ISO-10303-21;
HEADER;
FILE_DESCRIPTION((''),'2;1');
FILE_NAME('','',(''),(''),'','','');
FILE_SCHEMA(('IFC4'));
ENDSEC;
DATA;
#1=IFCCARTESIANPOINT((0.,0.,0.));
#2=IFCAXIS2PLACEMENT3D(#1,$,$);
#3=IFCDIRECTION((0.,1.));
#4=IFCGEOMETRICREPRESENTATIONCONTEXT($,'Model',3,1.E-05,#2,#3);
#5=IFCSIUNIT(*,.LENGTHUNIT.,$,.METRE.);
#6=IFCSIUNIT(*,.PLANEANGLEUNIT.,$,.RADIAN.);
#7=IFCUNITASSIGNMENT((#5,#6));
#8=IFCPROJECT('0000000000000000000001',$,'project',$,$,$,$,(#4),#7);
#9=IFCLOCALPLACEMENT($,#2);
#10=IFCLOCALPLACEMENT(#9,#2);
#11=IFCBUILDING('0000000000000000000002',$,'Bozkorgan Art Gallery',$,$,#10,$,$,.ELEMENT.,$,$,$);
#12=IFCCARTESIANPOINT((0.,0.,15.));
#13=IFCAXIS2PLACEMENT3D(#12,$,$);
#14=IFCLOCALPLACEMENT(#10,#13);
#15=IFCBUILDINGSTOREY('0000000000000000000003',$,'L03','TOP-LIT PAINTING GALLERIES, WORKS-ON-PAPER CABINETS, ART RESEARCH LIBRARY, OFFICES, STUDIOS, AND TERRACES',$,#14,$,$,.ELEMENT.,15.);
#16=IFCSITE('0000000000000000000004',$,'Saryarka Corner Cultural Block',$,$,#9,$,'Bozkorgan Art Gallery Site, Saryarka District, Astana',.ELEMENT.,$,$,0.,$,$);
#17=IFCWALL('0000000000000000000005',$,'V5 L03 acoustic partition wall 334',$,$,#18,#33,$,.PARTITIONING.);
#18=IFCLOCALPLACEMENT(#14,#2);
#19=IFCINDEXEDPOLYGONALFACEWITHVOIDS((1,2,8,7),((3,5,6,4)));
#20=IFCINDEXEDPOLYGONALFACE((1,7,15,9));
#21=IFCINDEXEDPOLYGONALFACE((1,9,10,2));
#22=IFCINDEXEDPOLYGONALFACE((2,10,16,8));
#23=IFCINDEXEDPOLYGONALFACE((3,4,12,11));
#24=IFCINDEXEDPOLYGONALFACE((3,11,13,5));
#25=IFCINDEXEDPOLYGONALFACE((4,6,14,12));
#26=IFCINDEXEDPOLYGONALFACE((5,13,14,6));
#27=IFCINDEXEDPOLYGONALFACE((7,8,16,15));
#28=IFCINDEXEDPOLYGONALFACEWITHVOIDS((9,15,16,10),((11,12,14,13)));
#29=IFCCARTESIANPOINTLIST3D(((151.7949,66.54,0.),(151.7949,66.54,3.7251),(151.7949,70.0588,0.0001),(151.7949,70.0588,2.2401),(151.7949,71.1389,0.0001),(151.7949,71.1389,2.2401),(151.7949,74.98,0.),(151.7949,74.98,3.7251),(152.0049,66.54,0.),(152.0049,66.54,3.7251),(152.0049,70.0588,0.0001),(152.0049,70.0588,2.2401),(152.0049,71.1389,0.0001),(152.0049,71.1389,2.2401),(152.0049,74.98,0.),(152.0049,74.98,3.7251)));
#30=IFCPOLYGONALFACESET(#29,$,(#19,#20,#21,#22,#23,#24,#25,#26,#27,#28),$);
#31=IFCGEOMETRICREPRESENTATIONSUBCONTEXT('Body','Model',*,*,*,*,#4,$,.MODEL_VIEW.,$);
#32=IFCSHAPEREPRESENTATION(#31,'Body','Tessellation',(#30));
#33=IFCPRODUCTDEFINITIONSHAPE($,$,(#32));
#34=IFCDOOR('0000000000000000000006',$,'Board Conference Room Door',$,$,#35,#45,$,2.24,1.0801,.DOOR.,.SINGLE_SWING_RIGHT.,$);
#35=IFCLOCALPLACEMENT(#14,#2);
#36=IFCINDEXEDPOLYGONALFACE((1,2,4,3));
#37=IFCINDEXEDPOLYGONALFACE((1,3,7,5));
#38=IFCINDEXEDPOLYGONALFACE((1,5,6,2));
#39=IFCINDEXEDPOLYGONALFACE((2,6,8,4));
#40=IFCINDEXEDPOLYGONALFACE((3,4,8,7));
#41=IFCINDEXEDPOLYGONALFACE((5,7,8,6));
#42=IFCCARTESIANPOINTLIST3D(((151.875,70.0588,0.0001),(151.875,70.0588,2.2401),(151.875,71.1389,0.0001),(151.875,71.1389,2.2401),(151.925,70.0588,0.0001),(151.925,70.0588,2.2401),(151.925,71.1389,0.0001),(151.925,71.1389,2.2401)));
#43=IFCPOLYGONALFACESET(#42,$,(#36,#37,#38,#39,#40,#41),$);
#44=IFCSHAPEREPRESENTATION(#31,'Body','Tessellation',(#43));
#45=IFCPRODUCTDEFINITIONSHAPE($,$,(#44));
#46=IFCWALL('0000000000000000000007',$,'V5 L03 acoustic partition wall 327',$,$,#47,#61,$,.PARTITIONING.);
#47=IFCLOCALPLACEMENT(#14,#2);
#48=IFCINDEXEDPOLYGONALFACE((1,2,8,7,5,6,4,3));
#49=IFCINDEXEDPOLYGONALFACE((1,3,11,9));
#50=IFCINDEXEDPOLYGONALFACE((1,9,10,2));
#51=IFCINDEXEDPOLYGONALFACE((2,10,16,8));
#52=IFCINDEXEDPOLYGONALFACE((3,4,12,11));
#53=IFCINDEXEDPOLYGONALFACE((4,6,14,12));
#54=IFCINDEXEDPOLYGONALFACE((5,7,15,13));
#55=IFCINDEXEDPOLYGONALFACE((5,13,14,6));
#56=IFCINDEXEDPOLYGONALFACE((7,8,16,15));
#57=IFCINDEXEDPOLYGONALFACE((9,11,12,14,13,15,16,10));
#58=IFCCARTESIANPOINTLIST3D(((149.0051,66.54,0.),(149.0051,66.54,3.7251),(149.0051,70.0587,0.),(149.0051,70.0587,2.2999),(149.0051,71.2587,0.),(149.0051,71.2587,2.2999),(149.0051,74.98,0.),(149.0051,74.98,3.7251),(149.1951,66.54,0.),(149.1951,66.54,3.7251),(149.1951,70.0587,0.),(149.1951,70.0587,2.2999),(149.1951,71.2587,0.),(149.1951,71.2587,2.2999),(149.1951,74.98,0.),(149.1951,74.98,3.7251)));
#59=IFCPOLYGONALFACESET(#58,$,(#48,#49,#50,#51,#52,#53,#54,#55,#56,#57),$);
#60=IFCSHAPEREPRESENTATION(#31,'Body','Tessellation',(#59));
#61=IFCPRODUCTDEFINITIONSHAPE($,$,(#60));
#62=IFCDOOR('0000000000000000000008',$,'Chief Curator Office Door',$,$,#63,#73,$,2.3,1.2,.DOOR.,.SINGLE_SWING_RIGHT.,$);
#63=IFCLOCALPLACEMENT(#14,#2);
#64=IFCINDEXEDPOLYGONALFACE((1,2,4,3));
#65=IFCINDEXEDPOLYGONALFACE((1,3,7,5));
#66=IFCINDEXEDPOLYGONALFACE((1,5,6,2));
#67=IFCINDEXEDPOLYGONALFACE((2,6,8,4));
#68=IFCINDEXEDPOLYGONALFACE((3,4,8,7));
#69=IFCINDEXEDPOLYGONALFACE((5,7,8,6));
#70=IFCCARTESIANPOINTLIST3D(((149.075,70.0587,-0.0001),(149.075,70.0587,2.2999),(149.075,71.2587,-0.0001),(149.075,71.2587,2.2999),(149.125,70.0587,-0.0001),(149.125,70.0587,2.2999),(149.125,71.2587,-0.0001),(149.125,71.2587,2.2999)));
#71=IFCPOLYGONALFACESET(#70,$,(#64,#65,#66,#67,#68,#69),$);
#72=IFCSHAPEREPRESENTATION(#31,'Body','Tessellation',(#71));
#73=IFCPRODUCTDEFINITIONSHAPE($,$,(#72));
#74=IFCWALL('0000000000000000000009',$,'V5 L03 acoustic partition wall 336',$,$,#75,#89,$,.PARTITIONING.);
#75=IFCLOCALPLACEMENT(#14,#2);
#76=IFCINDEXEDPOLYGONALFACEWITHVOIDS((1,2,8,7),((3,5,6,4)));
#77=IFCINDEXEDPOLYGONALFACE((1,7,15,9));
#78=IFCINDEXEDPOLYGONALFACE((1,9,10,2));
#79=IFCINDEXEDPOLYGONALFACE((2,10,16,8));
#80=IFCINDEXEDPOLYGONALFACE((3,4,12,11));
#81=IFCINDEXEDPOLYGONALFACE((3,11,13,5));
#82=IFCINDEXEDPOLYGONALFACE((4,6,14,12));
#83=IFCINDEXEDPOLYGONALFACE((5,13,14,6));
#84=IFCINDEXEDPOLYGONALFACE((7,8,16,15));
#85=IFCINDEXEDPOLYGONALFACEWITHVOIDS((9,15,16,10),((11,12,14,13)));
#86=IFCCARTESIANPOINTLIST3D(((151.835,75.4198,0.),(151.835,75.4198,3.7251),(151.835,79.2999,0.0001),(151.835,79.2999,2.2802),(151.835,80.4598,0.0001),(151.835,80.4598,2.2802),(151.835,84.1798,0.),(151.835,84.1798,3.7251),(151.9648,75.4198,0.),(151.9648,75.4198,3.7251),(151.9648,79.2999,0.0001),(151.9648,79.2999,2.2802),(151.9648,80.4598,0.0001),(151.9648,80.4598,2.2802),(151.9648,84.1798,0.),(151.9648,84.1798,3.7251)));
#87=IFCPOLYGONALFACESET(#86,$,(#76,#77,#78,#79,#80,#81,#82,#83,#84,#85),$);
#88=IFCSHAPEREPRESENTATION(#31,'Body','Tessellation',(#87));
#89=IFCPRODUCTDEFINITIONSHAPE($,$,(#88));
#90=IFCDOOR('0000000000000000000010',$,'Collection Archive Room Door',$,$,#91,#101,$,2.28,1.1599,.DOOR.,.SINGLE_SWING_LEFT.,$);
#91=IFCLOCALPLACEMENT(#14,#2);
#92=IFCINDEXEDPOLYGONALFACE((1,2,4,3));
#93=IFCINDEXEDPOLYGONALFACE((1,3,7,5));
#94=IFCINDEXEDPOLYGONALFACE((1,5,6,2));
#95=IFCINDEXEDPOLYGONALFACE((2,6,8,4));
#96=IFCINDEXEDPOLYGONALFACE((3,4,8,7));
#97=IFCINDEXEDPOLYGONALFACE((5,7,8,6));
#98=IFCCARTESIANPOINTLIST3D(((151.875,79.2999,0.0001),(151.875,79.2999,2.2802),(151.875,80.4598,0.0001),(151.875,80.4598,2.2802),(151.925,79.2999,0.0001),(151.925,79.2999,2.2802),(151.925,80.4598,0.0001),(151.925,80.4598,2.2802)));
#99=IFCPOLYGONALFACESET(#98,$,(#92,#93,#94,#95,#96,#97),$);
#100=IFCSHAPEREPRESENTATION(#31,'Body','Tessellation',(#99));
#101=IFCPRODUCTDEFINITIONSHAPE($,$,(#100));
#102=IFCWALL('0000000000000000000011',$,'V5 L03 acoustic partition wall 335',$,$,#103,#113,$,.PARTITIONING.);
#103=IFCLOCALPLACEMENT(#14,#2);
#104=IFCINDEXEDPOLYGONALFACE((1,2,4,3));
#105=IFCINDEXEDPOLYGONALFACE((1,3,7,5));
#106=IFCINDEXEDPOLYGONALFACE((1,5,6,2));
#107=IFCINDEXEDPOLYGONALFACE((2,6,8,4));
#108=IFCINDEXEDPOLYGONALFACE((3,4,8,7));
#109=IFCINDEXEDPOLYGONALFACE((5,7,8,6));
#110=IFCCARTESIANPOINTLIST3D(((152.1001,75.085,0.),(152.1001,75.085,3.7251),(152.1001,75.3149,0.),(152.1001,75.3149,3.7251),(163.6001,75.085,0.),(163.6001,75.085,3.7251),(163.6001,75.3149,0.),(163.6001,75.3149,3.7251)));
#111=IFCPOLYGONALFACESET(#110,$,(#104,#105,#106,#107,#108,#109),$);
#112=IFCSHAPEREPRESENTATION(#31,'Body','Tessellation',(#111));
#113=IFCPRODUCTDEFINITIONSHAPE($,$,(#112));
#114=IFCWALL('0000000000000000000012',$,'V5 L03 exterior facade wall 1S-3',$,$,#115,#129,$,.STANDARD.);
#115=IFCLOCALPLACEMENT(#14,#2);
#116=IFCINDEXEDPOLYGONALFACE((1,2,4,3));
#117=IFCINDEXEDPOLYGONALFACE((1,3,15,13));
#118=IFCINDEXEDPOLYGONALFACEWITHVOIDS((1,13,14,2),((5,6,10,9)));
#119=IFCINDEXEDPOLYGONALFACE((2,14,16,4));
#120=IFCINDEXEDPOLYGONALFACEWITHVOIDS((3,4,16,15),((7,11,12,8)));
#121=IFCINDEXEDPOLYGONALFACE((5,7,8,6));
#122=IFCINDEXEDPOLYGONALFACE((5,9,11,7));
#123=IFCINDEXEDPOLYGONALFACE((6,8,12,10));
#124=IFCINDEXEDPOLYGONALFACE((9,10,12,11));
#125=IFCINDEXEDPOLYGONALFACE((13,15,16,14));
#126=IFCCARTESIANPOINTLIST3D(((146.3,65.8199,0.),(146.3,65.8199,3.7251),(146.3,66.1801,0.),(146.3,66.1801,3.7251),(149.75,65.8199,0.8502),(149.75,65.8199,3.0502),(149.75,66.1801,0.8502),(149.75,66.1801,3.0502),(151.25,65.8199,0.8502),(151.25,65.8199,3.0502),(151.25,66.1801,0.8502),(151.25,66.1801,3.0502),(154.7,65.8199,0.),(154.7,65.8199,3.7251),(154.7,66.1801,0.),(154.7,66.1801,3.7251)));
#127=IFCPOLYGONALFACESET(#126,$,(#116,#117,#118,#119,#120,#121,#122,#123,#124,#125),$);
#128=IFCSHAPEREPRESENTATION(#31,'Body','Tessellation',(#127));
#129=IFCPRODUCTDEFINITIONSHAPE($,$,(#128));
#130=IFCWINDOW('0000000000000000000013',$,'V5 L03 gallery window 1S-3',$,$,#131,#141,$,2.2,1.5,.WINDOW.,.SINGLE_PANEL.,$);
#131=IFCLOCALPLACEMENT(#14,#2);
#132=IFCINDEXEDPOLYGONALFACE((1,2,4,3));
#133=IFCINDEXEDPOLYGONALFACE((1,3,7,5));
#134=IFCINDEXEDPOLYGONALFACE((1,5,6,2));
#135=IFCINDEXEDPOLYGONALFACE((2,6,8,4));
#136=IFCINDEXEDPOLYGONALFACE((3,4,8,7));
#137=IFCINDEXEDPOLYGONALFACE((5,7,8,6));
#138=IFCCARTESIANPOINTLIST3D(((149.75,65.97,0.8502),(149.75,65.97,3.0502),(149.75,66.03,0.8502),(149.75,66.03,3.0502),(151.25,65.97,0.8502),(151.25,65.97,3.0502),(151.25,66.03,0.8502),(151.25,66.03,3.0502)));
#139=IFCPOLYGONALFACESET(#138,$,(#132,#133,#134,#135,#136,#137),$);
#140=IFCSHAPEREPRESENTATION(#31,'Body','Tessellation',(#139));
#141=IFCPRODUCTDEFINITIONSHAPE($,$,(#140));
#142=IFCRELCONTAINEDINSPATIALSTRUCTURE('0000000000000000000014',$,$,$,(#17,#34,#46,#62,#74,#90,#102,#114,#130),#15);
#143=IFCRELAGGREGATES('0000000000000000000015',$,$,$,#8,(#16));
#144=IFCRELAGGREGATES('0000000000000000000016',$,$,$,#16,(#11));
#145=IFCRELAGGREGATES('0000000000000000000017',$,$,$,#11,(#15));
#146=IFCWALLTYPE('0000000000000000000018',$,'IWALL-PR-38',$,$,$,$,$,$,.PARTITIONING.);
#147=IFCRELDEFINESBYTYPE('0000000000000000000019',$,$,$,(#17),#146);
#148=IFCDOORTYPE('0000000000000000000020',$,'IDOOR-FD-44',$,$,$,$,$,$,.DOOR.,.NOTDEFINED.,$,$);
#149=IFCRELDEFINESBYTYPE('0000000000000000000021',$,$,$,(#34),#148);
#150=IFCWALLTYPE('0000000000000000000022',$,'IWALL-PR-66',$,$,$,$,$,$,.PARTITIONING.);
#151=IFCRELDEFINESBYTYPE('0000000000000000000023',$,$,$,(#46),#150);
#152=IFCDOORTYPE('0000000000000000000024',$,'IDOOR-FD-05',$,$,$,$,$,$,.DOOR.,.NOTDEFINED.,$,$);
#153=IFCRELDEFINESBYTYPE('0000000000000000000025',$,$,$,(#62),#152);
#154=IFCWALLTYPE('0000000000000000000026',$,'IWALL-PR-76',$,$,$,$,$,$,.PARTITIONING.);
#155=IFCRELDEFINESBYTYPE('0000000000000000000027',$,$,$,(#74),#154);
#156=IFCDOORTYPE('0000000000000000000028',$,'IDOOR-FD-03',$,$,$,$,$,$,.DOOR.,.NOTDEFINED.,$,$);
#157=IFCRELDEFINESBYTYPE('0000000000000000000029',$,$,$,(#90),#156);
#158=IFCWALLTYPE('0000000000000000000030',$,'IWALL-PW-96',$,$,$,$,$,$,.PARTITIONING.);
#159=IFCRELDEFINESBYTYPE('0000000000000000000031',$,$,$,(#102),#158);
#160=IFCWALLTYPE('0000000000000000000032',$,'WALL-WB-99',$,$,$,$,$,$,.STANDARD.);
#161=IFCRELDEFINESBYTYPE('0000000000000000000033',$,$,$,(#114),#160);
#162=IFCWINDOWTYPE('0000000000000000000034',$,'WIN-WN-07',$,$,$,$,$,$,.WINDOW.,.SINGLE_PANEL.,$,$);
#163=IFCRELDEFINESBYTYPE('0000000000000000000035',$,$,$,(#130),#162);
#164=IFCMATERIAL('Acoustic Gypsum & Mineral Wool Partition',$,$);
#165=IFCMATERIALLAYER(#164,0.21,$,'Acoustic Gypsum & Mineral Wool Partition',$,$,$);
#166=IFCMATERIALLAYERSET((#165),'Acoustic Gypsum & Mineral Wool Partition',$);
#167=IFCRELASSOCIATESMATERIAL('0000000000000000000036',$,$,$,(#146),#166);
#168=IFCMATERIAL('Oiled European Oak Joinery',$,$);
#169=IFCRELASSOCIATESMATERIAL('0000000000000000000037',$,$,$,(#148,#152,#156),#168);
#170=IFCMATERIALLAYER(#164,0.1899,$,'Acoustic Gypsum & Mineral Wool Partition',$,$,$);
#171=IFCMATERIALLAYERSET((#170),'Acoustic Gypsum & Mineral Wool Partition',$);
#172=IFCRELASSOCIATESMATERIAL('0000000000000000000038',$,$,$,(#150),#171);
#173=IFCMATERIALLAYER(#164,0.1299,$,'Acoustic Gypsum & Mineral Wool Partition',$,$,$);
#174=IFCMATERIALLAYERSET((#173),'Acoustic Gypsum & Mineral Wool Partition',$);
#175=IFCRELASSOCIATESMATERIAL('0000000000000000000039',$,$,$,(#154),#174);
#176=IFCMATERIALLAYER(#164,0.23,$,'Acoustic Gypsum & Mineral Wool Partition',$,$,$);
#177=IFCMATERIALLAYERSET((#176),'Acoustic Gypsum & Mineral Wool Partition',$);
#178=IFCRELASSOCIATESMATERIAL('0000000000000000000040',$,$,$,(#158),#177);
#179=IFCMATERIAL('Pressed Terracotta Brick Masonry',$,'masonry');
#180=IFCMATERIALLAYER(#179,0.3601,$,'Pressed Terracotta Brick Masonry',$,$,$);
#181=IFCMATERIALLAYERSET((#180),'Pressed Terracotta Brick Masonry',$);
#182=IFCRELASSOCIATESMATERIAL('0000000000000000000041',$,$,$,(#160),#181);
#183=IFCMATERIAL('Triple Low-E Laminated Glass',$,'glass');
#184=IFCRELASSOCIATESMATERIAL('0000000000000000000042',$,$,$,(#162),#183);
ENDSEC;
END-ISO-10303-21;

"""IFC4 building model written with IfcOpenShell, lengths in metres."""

from ifc_helpers import new_model, si_unit, direction, frame, frame_2d, origin, place, context, subcontext, project, spatial, rectangle, extrude, material, layer, layer_set, type_object, element, fill, save


model = new_model("IFC4")

# Units and contexts
model_context = context("Model", 3, precision=1e-05, world=origin(), true_north=direction((0.0, 1.0)))
body_context = subcontext(model_context, "Body", "Model", "MODEL_VIEW")
ifc_project = project(units=[si_unit("LENGTHUNIT", "METRE"), si_unit("PLANEANGLEUNIT", "RADIAN")], contexts=[model_context])

# Site, building, storey
site_placement = place(None, origin())
site = spatial("IfcSite", under=ifc_project, at=site_placement, Name="Saryarka Corner Cultural Block", LongName="Bozkorgan Art Gallery Site, Saryarka District, Astana", CompositionType="ELEMENT", RefElevation=0.0)
building_placement = place(site_placement, origin())
building = spatial("IfcBuilding", under=site, at=building_placement, Name="Bozkorgan Art Gallery", CompositionType="ELEMENT")
storey_placement = place(building_placement, frame((0.0, 0.0, 15.0)))
storey = spatial("IfcBuildingStorey", under=building, at=storey_placement, Name="L03", Description="TOP-LIT PAINTING GALLERIES, WORKS-ON-PAPER CABINETS, ART RESEARCH LIBRARY, OFFICES, STUDIOS, AND TERRACES", CompositionType="ELEMENT", Elevation=15.0)

# Walls, openings, doors
ifc_material_1 = material(Name="Acoustic Gypsum & Mineral Wool Partition")
ifc_material_2 = material(Name="Oiled European Oak Joinery")
ifc_layer_1 = layer(ifc_material_1, 0.21, Name="Acoustic Gypsum & Mineral Wool Partition")
ifc_layer_set_1 = layer_set([ifc_layer_1], Name="Acoustic Gypsum & Mineral Wool Partition")
wall_type_1 = type_object("IfcWallType", Name="IWALL-PR-38", PredefinedType="PARTITIONING", material=ifc_layer_set_1)
wall_1_placement = place(storey_placement, frame((151.8999, 66.54, 0.0), z_axis=(0.0, 0.0, 1.0), x_axis=(0.0, 1.0, 0.0)))
wall_1 = element("IfcWall", 1, at=wall_1_placement, inside=storey, type_object=wall_type_1, Name="V5 L03 acoustic partition wall 334", PredefinedType="PARTITIONING", context=body_context, shape_type="SweptSolid", body=[
    extrude(rectangle(XDim=8.4399, YDim=0.21, at=frame_2d((4.22, 0.0))), origin(), (0.0, 0.0, 1.0), 3.7251),
])
opening_1_placement = place(wall_1_placement, frame((3.5188, 0.0, 0.0)))
opening_1 = element("IfcOpeningElement", 2, at=opening_1_placement, cuts=wall_1, PredefinedType="OPENING", context=body_context, shape_type="SweptSolid", body=[
    extrude(rectangle(XDim=1.0801, YDim=2.24, at=frame_2d((0.54, 1.1201))), frame((0.0, 0.115, 0.0), z_axis=(0.0, -1.0, 0.0), x_axis=(1.0, 0.0, 0.0)), (0.0, 0.0, 1.0), 0.23),
])
door_type_1 = type_object("IfcDoorType", Name="IDOOR-FD-44", OperationType="NOTDEFINED", PredefinedType="DOOR", material=ifc_material_2)
door_1_placement = place(opening_1_placement, origin())
door_1 = element("IfcDoor", 3, at=door_1_placement, inside=storey, type_object=door_type_1, Name="Board Conference Room Door", OperationType="SINGLE_SWING_RIGHT", OverallHeight=2.24, OverallWidth=1.0801, PredefinedType="DOOR", context=body_context, shape_type="SweptSolid", body=[
    extrude(rectangle(XDim=1.0801, YDim=2.24, at=frame_2d((0.54, 1.1201))), frame((0.0, 0.0249, 0.0), z_axis=(0.0, -1.0, 0.0), x_axis=(1.0, 0.0, 0.0)), (0.0, 0.0, 1.0), 0.05),
])
fill(opening_1, door_1)
ifc_layer_2 = layer(ifc_material_1, 0.1899, Name="Acoustic Gypsum & Mineral Wool Partition")
ifc_layer_set_2 = layer_set([ifc_layer_2], Name="Acoustic Gypsum & Mineral Wool Partition")
wall_type_2 = type_object("IfcWallType", Name="IWALL-PR-66", PredefinedType="PARTITIONING", material=ifc_layer_set_2)
wall_2_placement = place(storey_placement, frame((149.1001, 66.54, 0.0), z_axis=(0.0, 0.0, 1.0), x_axis=(0.0, 1.0, 0.0)))
wall_2 = element("IfcWall", 4, at=wall_2_placement, inside=storey, type_object=wall_type_2, Name="V5 L03 acoustic partition wall 327", PredefinedType="PARTITIONING", context=body_context, shape_type="SweptSolid", body=[
    extrude(rectangle(XDim=8.4399, YDim=0.1899, at=frame_2d((4.22, 0.0))), origin(), (0.0, 0.0, 1.0), 3.7251),
])
opening_2_placement = place(wall_2_placement, frame((4.7188, 0.0, 0.0), z_axis=(0.0, 0.0, 1.0), x_axis=(-1.0, 0.0, 0.0)))
opening_2 = element("IfcOpeningElement", 5, at=opening_2_placement, cuts=wall_2, PredefinedType="OPENING", context=body_context, shape_type="SweptSolid", body=[
    extrude(rectangle(XDim=1.2, YDim=2.3, at=frame_2d((0.6001, 1.1499))), frame((0.0, 0.105, 0.0), z_axis=(0.0, -1.0, 0.0), x_axis=(1.0, 0.0, 0.0)), (0.0, 0.0, 1.0), 0.21),
])
door_type_2 = type_object("IfcDoorType", Name="IDOOR-FD-05", OperationType="NOTDEFINED", PredefinedType="DOOR", material=ifc_material_2)
door_2_placement = place(opening_2_placement, origin())
door_2 = element("IfcDoor", 6, at=door_2_placement, inside=storey, type_object=door_type_2, Name="Chief Curator Office Door", OperationType="SINGLE_SWING_RIGHT", OverallHeight=2.3, OverallWidth=1.2, PredefinedType="DOOR", context=body_context, shape_type="SweptSolid", body=[
    extrude(rectangle(XDim=1.2, YDim=2.3, at=frame_2d((0.6001, 1.1499))), frame((0.0, 0.0249, 0.0), z_axis=(0.0, -1.0, 0.0), x_axis=(1.0, 0.0, 0.0)), (0.0, 0.0, 1.0), 0.05),
])
fill(opening_2, door_2)
ifc_layer_3 = layer(ifc_material_1, 0.1299, Name="Acoustic Gypsum & Mineral Wool Partition")
ifc_layer_set_3 = layer_set([ifc_layer_3], Name="Acoustic Gypsum & Mineral Wool Partition")
wall_type_3 = type_object("IfcWallType", Name="IWALL-PR-76", PredefinedType="PARTITIONING", material=ifc_layer_set_3)
wall_3_placement = place(storey_placement, frame((151.8999, 75.4199, 0.0), z_axis=(0.0, 0.0, 1.0), x_axis=(0.0, 1.0, 0.0)))
wall_3 = element("IfcWall", 7, at=wall_3_placement, inside=storey, type_object=wall_type_3, Name="V5 L03 acoustic partition wall 336", PredefinedType="PARTITIONING", context=body_context, shape_type="SweptSolid", body=[
    extrude(rectangle(XDim=8.76, YDim=0.1299, at=frame_2d((4.3799, 0.0))), origin(), (0.0, 0.0, 1.0), 3.7251),
])
opening_3_placement = place(wall_3_placement, frame((3.8799, 0.0, 0.0)))
opening_3 = element("IfcOpeningElement", 8, at=opening_3_placement, cuts=wall_3, PredefinedType="OPENING", context=body_context, shape_type="SweptSolid", body=[
    extrude(rectangle(XDim=1.1599, YDim=2.28, at=frame_2d((0.5801, 1.1401))), frame((0.0, 0.075, 0.0), z_axis=(0.0, -1.0, 0.0), x_axis=(1.0, 0.0, 0.0)), (0.0, 0.0, 1.0), 0.1499),
])
door_type_3 = type_object("IfcDoorType", Name="IDOOR-FD-03", OperationType="NOTDEFINED", PredefinedType="DOOR", material=ifc_material_2)
door_3_placement = place(opening_3_placement, origin())
door_3 = element("IfcDoor", 9, at=door_3_placement, inside=storey, type_object=door_type_3, Name="Collection Archive Room Door", OperationType="SINGLE_SWING_LEFT", OverallHeight=2.28, OverallWidth=1.1599, PredefinedType="DOOR", context=body_context, shape_type="SweptSolid", body=[
    extrude(rectangle(XDim=1.1599, YDim=2.28, at=frame_2d((0.5801, 1.1401))), frame((0.0, 0.0249, 0.0), z_axis=(0.0, -1.0, 0.0), x_axis=(1.0, 0.0, 0.0)), (0.0, 0.0, 1.0), 0.05),
])
fill(opening_3, door_3)

# Wall
ifc_layer_4 = layer(ifc_material_1, 0.23, Name="Acoustic Gypsum & Mineral Wool Partition")
ifc_layer_set_4 = layer_set([ifc_layer_4], Name="Acoustic Gypsum & Mineral Wool Partition")
wall_type_4 = type_object("IfcWallType", Name="IWALL-PW-96", PredefinedType="PARTITIONING", material=ifc_layer_set_4)
wall_4_placement = place(storey_placement, frame((152.1001, 75.2, 0.0), z_axis=(0.0, 0.0, 1.0), x_axis=(1.0, 0.0, 0.0)))
element("IfcWall", 10, at=wall_4_placement, inside=storey, type_object=wall_type_4, Name="V5 L03 acoustic partition wall 335", PredefinedType="PARTITIONING", context=body_context, shape_type="SweptSolid", body=[
    extrude(rectangle(XDim=11.5, YDim=0.23, at=frame_2d((5.75, 0.0))), origin(), (0.0, 0.0, 1.0), 3.7251),
])

# Wall, opening, window
ifc_material_3 = material(Name="Pressed Terracotta Brick Masonry", Category="masonry")
ifc_layer_5 = layer(ifc_material_3, 0.3601, Name="Pressed Terracotta Brick Masonry")
ifc_layer_set_5 = layer_set([ifc_layer_5], Name="Pressed Terracotta Brick Masonry")
wall_type_5 = type_object("IfcWallType", Name="WALL-WB-99", PredefinedType="STANDARD", material=ifc_layer_set_5)
wall_5_placement = place(storey_placement, frame((146.3, 66.0, 0.0), z_axis=(0.0, 0.0, 1.0), x_axis=(1.0, 0.0, 0.0)))
wall_5 = element("IfcWall", 11, at=wall_5_placement, inside=storey, type_object=wall_type_5, Name="V5 L03 exterior facade wall 1S-3", PredefinedType="STANDARD", context=body_context, shape_type="SweptSolid", body=[
    extrude(rectangle(XDim=8.3999, YDim=0.3601, at=frame_2d((4.2, 0.0))), origin(), (0.0, 0.0, 1.0), 3.7251),
])
opening_4_placement = place(wall_5_placement, frame((4.95, 0.0, 0.8501), z_axis=(0.0, 0.0, 1.0), x_axis=(-1.0, 0.0, 0.0)))
opening_4 = element("IfcOpeningElement", 12, at=opening_4_placement, cuts=wall_5, PredefinedType="OPENING", context=body_context, shape_type="SweptSolid", body=[
    extrude(rectangle(XDim=1.5, YDim=2.2, at=frame_2d((0.75, 1.1001))), frame((0.0, 0.1899, 0.0), z_axis=(0.0, -1.0, 0.0), x_axis=(1.0, 0.0, 0.0)), (0.0, 0.0, 1.0), 0.3801),
])
ifc_material_4 = material(Name="Triple Low-E Laminated Glass", Category="glass")
window_type = type_object("IfcWindowType", Name="WIN-WN-07", PartitioningType="SINGLE_PANEL", PredefinedType="WINDOW", material=ifc_material_4)
window_placement = place(opening_4_placement, origin())
window = element("IfcWindow", 13, at=window_placement, inside=storey, type_object=window_type, Name="V5 L03 gallery window 1S-3", OverallHeight=2.2, OverallWidth=1.5, PartitioningType="SINGLE_PANEL", PredefinedType="WINDOW", context=body_context, shape_type="SweptSolid", body=[
    extrude(rectangle(XDim=1.5, YDim=2.2, at=frame_2d((0.75, 1.1001))), frame((0.0, 0.03, 0.0), z_axis=(0.0, -1.0, 0.0), x_axis=(1.0, 0.0, 0.0)), (0.0, 0.0, 1.0), 0.0601),
])
fill(opening_4, window)

save(model, "model.ifc")
